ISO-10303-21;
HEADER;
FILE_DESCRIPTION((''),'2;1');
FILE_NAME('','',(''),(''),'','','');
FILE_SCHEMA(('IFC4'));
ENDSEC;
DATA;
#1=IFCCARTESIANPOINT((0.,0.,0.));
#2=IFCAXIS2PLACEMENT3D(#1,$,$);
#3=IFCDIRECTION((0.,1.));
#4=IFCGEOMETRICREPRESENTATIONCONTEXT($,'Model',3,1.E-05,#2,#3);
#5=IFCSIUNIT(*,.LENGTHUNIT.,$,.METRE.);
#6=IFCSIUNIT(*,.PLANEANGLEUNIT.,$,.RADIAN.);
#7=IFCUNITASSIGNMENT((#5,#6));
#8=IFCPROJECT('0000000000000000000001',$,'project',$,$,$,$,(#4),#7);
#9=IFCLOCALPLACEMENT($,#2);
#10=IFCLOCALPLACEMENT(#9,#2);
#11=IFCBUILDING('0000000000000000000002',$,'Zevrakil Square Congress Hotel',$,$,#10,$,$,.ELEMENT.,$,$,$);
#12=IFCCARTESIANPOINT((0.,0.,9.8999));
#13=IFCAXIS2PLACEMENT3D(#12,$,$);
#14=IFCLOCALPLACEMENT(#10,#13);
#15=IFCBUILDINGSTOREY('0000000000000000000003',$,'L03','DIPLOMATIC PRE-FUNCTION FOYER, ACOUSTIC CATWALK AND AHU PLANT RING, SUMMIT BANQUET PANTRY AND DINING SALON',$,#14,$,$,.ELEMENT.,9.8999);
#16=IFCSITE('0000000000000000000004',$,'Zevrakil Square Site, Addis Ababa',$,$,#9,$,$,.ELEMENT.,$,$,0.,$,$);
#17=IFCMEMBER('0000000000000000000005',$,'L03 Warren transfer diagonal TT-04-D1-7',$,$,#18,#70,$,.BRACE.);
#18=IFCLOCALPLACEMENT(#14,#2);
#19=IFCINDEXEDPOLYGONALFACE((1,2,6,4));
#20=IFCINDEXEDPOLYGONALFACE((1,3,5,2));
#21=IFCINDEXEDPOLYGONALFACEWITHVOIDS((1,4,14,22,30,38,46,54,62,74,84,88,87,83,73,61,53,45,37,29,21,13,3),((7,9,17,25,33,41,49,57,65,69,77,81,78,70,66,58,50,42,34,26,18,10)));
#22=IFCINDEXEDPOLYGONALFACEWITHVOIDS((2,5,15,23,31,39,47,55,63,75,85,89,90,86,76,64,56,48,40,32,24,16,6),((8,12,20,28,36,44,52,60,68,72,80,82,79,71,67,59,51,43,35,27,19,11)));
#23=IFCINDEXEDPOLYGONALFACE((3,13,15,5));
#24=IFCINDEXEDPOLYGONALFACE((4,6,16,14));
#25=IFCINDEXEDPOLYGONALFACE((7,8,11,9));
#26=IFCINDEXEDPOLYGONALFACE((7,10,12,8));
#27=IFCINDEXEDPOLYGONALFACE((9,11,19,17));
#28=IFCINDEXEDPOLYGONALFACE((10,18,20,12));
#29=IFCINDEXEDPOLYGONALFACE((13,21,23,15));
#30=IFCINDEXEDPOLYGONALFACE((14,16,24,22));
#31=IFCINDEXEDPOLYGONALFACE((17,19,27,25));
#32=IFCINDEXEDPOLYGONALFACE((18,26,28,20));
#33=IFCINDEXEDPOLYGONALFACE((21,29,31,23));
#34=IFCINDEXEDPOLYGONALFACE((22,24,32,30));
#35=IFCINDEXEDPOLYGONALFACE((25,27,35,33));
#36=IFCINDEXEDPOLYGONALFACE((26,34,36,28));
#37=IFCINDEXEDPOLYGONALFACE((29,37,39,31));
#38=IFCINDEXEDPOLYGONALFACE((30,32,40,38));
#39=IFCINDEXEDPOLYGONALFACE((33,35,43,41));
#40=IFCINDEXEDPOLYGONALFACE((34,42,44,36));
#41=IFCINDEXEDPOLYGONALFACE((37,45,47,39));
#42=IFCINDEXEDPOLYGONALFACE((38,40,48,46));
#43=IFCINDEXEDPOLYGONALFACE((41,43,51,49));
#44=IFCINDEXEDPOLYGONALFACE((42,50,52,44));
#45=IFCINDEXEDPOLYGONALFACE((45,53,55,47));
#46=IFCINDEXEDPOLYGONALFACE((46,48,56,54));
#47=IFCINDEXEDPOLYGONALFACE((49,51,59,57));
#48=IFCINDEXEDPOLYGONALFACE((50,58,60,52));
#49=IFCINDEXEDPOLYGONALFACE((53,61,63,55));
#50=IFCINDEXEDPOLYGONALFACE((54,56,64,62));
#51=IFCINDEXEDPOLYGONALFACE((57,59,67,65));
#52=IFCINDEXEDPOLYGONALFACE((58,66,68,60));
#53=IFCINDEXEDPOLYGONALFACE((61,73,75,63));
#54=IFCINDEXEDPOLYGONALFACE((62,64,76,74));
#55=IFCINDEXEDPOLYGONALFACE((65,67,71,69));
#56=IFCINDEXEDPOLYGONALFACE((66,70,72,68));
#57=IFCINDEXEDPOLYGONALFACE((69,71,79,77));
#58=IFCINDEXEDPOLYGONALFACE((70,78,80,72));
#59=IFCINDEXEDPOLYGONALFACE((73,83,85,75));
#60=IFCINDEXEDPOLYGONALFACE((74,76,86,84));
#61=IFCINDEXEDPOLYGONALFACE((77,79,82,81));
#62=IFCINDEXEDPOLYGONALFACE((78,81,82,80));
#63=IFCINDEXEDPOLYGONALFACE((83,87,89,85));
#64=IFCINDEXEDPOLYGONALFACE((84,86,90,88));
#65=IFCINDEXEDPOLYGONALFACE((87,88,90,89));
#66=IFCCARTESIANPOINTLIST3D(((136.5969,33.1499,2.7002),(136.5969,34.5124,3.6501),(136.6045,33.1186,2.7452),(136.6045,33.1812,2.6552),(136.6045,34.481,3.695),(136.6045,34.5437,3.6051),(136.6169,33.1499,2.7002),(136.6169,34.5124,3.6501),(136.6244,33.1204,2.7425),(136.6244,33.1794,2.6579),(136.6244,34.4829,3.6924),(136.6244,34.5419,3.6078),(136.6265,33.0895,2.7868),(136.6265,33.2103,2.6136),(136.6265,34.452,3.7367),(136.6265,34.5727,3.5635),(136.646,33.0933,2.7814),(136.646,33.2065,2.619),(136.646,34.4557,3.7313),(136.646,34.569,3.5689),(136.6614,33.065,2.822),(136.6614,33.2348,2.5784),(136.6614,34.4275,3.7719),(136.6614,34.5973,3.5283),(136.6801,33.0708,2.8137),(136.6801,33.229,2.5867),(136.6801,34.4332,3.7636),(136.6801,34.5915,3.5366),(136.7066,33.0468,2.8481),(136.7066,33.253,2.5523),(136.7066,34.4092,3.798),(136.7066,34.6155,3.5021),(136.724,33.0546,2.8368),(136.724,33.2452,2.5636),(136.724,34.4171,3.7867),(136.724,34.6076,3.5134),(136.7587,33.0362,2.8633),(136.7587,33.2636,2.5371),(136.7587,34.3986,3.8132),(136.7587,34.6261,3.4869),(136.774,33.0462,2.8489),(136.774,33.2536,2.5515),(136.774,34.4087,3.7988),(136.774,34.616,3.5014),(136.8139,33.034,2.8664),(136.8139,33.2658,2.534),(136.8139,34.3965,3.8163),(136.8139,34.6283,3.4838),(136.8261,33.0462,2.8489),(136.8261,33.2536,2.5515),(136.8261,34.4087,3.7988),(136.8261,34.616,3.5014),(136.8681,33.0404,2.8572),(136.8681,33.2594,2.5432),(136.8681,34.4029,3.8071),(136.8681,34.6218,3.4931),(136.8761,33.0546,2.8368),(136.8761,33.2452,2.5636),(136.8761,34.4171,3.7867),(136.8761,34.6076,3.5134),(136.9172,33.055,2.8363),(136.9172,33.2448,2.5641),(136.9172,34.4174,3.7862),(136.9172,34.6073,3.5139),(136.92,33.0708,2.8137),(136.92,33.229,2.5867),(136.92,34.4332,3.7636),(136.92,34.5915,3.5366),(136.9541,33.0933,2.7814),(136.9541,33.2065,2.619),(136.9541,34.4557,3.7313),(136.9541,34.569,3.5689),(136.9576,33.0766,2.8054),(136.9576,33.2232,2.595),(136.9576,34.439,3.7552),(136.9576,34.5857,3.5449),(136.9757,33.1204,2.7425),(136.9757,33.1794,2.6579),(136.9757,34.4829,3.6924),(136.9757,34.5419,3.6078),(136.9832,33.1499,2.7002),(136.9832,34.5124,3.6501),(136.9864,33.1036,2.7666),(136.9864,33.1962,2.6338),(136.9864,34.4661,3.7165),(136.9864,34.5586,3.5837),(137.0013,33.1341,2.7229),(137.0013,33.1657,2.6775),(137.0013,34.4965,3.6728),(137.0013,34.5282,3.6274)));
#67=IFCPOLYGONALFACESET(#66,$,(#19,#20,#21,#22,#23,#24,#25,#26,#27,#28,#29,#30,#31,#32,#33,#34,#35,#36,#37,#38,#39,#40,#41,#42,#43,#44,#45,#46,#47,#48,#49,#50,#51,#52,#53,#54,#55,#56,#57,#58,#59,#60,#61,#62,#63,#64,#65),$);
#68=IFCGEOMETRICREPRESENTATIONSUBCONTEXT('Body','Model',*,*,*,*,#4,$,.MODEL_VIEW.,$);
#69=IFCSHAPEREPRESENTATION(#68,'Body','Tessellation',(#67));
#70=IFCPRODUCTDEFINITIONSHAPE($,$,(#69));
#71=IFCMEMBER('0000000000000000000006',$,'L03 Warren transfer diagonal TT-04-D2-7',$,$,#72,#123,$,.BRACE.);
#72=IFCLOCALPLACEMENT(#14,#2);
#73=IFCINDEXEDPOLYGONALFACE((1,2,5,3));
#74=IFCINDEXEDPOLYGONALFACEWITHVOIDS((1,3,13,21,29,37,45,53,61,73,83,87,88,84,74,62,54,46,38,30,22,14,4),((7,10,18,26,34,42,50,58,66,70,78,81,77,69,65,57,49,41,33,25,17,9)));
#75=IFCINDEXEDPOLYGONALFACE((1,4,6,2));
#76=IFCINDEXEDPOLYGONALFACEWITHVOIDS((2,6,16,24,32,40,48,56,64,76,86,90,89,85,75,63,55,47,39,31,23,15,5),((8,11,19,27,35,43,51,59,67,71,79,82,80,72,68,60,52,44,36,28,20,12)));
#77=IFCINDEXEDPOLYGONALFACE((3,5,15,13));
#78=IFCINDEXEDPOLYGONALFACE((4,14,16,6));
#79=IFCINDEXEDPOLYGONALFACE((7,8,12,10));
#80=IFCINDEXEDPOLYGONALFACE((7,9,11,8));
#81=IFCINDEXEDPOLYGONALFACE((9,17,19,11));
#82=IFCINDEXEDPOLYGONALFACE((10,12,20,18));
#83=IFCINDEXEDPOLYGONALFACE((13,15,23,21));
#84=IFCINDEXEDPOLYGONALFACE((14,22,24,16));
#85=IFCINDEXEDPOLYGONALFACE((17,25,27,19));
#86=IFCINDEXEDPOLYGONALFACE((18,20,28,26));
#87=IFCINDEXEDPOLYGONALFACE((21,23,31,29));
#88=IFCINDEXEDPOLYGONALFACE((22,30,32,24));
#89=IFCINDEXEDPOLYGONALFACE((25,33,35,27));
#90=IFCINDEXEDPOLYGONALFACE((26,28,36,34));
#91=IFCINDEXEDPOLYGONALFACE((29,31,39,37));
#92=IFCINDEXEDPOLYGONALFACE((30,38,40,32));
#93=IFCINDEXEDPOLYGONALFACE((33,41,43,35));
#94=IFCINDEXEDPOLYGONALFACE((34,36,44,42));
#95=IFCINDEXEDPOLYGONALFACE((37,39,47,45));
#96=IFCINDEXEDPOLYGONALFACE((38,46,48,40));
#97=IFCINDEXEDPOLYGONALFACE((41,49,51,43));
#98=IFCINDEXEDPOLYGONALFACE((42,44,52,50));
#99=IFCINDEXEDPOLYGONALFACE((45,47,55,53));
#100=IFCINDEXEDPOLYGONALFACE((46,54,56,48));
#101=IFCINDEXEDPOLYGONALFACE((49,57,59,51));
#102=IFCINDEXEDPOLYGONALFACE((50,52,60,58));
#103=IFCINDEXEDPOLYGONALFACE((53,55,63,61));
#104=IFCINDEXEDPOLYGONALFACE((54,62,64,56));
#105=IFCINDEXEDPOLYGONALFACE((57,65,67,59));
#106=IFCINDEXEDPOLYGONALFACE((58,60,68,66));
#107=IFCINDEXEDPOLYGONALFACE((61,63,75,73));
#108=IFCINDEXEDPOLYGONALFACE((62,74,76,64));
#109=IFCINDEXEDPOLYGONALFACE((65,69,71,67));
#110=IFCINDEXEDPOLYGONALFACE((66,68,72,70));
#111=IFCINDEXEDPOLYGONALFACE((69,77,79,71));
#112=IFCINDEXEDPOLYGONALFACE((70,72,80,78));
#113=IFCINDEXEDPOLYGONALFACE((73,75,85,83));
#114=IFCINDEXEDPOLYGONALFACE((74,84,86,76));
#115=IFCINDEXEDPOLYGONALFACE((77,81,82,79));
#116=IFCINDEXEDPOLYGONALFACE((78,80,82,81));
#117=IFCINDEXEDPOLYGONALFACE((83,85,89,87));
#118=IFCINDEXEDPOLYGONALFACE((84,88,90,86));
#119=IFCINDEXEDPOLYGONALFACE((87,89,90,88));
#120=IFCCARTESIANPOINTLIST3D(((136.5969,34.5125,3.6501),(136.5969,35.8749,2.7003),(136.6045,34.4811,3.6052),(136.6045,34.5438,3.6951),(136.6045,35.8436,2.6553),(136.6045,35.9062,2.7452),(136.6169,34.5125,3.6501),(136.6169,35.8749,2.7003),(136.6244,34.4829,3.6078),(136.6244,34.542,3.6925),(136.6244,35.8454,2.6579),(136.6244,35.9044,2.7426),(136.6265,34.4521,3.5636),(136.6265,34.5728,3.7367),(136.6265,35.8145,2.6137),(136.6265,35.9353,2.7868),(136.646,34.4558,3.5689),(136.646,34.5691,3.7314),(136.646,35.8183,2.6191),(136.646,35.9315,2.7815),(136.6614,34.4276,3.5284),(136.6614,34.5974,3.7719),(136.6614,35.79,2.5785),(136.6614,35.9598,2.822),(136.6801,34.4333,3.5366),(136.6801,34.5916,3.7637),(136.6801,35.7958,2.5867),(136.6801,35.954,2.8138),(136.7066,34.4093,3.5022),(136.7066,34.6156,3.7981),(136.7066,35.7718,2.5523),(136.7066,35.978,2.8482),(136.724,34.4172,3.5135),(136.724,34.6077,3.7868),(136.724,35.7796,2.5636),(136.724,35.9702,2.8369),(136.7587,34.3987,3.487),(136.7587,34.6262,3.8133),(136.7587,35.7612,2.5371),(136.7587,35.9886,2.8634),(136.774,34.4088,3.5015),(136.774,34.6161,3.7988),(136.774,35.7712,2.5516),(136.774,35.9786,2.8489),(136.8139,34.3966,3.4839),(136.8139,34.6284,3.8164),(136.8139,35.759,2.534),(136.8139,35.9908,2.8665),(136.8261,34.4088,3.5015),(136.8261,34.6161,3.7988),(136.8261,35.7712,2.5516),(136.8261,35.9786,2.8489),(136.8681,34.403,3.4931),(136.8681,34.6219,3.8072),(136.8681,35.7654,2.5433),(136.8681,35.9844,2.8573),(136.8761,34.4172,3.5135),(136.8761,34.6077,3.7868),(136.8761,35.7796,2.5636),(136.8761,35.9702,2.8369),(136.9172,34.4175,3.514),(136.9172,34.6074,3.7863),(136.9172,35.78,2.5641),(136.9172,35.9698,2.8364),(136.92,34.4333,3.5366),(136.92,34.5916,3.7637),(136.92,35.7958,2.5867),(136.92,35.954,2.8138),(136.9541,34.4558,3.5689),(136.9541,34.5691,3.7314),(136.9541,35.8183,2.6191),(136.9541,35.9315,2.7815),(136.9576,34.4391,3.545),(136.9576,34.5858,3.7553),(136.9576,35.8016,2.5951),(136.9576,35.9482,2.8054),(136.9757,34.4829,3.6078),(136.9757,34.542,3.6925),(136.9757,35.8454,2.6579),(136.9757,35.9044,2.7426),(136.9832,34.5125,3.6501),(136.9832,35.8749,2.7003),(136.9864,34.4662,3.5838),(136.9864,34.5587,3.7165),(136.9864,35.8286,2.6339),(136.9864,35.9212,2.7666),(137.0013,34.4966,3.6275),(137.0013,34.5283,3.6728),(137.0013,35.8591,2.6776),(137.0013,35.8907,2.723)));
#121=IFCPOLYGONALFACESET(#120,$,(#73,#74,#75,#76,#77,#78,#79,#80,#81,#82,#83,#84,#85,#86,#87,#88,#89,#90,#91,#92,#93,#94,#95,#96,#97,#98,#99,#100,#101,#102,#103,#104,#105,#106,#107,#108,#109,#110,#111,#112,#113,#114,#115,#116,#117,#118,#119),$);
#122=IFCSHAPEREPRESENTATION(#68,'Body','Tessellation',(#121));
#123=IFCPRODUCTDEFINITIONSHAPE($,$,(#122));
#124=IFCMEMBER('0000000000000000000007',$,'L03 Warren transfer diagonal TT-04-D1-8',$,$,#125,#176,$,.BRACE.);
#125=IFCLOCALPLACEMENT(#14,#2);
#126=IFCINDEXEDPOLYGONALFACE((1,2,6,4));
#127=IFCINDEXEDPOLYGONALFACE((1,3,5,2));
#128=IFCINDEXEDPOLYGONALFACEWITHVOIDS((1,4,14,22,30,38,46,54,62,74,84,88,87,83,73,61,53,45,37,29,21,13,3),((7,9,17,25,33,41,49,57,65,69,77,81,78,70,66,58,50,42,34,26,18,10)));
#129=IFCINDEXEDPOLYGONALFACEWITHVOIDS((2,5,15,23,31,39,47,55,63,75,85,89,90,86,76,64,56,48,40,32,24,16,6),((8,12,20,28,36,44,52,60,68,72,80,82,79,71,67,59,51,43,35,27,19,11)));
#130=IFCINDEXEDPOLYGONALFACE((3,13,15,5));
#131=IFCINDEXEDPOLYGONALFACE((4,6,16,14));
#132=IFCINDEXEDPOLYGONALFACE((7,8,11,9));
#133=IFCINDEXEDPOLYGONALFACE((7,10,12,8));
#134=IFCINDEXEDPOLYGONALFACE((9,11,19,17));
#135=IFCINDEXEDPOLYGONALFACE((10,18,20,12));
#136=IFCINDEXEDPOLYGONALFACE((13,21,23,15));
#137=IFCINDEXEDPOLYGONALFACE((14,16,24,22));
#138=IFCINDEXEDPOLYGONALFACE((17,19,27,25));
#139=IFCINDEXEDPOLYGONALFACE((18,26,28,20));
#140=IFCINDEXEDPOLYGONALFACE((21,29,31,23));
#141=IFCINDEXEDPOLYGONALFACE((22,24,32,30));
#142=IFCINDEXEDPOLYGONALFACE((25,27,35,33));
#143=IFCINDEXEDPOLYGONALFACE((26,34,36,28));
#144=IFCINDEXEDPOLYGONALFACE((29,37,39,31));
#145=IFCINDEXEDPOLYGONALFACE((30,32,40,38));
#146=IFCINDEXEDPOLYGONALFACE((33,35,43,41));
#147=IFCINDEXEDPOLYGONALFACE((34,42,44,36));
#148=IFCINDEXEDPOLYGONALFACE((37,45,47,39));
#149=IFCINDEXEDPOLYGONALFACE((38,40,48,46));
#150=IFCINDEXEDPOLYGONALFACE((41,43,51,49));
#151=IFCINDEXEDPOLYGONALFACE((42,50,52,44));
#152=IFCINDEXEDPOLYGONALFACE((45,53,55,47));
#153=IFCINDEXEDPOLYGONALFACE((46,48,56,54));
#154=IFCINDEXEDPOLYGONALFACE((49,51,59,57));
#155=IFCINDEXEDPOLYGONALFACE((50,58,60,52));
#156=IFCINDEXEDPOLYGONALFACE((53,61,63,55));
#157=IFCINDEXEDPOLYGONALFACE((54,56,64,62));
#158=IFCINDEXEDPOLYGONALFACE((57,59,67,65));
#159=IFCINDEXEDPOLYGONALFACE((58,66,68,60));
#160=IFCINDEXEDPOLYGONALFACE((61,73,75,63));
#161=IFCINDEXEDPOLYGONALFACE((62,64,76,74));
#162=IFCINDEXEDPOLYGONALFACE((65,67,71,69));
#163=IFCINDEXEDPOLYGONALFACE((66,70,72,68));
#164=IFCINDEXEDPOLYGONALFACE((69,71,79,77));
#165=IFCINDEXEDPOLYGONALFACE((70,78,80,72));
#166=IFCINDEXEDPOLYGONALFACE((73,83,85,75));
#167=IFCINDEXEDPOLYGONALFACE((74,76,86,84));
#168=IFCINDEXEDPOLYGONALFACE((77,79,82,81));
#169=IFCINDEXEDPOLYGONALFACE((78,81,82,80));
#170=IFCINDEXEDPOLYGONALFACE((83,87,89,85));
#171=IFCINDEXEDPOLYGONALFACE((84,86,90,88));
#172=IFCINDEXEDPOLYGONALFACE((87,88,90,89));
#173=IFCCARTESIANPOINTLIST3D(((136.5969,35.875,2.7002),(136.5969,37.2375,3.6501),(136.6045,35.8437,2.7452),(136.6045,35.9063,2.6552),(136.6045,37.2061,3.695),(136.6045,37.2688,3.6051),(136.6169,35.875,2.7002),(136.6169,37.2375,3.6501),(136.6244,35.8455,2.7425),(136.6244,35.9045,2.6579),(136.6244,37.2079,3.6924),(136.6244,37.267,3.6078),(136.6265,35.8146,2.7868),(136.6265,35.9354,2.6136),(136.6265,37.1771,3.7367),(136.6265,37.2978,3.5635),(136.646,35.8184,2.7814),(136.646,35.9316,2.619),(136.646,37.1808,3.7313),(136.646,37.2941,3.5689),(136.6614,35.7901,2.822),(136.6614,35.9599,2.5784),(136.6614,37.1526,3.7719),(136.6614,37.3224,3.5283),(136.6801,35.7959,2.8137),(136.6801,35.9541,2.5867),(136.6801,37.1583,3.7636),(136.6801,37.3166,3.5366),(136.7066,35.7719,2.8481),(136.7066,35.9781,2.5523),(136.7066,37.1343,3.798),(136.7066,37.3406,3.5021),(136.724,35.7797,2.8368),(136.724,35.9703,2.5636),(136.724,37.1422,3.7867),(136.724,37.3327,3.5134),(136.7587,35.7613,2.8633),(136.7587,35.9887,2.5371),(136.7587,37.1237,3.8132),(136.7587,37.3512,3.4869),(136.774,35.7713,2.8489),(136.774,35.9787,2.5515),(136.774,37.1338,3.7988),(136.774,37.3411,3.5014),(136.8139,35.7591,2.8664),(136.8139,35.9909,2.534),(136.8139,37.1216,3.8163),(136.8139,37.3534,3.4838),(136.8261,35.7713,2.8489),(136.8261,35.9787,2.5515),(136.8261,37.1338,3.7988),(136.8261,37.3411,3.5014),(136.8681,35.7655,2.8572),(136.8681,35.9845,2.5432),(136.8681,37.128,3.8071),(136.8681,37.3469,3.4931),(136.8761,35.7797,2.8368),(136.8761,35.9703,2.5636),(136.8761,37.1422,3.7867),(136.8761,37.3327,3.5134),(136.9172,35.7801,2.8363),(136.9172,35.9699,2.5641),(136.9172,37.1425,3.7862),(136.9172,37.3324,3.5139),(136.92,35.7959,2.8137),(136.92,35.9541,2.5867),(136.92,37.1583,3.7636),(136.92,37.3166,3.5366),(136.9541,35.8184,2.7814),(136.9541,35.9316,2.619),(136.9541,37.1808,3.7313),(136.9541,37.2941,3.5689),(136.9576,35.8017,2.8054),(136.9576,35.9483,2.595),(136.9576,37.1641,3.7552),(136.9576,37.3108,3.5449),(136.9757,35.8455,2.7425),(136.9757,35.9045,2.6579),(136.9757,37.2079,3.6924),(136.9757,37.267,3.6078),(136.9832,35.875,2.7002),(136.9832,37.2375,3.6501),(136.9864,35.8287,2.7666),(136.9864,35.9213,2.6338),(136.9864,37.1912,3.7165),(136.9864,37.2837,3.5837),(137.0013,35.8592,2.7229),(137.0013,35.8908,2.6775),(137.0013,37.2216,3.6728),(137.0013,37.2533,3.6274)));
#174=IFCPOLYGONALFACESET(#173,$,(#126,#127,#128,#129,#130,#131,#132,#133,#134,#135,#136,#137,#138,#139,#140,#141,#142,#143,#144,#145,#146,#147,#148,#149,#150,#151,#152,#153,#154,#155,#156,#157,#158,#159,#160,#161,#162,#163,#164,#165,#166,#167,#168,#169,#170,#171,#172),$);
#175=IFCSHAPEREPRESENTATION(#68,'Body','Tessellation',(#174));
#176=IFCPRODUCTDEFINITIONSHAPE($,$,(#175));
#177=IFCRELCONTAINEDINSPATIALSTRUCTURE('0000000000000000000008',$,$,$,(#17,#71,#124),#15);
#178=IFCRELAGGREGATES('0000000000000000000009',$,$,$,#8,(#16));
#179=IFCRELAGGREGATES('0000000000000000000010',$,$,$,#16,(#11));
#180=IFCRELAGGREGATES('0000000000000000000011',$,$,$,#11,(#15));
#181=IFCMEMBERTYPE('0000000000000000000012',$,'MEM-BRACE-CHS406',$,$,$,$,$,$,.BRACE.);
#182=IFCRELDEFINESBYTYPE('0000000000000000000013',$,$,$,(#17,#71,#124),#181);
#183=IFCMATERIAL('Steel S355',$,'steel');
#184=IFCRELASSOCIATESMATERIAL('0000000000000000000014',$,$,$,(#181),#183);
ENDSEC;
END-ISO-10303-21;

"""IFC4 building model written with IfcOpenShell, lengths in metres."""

from ifc_helpers import new_model, si_unit, direction, frame, origin, origin_2d, place, context, subcontext, project, spatial, hollow_circle, extrude, material, material_profile, profile_set, type_object, element, save


model = new_model("IFC4")

# Units and contexts
model_context = context("Model", 3, precision=1e-05, world=origin(), true_north=direction((0.0, 1.0)))
body_context = subcontext(model_context, "Body", "Model", "MODEL_VIEW")
ifc_project = project(units=[si_unit("LENGTHUNIT", "METRE"), si_unit("PLANEANGLEUNIT", "RADIAN")], contexts=[model_context])

# Site, building, storey
site_placement = place(None, origin())
site = spatial("IfcSite", under=ifc_project, at=site_placement, Name="Zevrakil Square Site, Addis Ababa", CompositionType="ELEMENT", RefElevation=0.0)
building_placement = place(site_placement, origin())
building = spatial("IfcBuilding", under=site, at=building_placement, Name="Zevrakil Square Congress Hotel", CompositionType="ELEMENT")
storey_placement = place(building_placement, frame((0.0, 0.0, 9.8999)))
storey = spatial("IfcBuildingStorey", under=building, at=storey_placement, Name="L03", Description="DIPLOMATIC PRE-FUNCTION FOYER, ACOUSTIC CATWALK AND AHU PLANT RING, SUMMIT BANQUET PANTRY AND DINING SALON", CompositionType="ELEMENT", Elevation=9.8999)

# Members
ifc_material_1 = material(Name="Steel S355", Category="steel")
ifc_material_profile_1 = material_profile(ifc_material_1, hollow_circle(Radius=0.2031, WallThickness=0.02, at=origin_2d()), Name="CHS 406.4x20")
ifc_profile_set_1 = profile_set([ifc_material_profile_1], Name="Steel S355")
member_type_1 = type_object("IfcMemberType", Name="MEM-BRACE-CHS406", PredefinedType="BRACE", material=ifc_profile_set_1)
for number, where, z_axis, x_axis, name in (
    (1, (136.8, 33.1499, 2.7002), (0.0, 0.820315, 0.571913), (-1.0, 0.0, 0.0), "L03 Warren transfer diagonal TT-04-D1-7"),
    (2, (136.8, 34.5125, 3.6501), (0.0, 0.820315, -0.571913), (-1.0, 0.0, 0.0), "L03 Warren transfer diagonal TT-04-D2-7"),
    (3, (136.8, 35.875, 2.7002), (0.0, 0.820315, 0.571913), (-1.0, 0.0, 0.0), "L03 Warren transfer diagonal TT-04-D1-8"),
):
    element("IfcMember", number, at=place(storey_placement, frame(where, z_axis=z_axis, x_axis=x_axis)), inside=storey, type_object=member_type_1, Name=name, PredefinedType="BRACE", context=body_context, shape_type="SweptSolid", body=[
        extrude(hollow_circle(Radius=0.2031, WallThickness=0.02, at=origin_2d()), origin(), (0.0, 0.0, 1.0), 1.6609),
    ])

save(model, "model.ifc")
